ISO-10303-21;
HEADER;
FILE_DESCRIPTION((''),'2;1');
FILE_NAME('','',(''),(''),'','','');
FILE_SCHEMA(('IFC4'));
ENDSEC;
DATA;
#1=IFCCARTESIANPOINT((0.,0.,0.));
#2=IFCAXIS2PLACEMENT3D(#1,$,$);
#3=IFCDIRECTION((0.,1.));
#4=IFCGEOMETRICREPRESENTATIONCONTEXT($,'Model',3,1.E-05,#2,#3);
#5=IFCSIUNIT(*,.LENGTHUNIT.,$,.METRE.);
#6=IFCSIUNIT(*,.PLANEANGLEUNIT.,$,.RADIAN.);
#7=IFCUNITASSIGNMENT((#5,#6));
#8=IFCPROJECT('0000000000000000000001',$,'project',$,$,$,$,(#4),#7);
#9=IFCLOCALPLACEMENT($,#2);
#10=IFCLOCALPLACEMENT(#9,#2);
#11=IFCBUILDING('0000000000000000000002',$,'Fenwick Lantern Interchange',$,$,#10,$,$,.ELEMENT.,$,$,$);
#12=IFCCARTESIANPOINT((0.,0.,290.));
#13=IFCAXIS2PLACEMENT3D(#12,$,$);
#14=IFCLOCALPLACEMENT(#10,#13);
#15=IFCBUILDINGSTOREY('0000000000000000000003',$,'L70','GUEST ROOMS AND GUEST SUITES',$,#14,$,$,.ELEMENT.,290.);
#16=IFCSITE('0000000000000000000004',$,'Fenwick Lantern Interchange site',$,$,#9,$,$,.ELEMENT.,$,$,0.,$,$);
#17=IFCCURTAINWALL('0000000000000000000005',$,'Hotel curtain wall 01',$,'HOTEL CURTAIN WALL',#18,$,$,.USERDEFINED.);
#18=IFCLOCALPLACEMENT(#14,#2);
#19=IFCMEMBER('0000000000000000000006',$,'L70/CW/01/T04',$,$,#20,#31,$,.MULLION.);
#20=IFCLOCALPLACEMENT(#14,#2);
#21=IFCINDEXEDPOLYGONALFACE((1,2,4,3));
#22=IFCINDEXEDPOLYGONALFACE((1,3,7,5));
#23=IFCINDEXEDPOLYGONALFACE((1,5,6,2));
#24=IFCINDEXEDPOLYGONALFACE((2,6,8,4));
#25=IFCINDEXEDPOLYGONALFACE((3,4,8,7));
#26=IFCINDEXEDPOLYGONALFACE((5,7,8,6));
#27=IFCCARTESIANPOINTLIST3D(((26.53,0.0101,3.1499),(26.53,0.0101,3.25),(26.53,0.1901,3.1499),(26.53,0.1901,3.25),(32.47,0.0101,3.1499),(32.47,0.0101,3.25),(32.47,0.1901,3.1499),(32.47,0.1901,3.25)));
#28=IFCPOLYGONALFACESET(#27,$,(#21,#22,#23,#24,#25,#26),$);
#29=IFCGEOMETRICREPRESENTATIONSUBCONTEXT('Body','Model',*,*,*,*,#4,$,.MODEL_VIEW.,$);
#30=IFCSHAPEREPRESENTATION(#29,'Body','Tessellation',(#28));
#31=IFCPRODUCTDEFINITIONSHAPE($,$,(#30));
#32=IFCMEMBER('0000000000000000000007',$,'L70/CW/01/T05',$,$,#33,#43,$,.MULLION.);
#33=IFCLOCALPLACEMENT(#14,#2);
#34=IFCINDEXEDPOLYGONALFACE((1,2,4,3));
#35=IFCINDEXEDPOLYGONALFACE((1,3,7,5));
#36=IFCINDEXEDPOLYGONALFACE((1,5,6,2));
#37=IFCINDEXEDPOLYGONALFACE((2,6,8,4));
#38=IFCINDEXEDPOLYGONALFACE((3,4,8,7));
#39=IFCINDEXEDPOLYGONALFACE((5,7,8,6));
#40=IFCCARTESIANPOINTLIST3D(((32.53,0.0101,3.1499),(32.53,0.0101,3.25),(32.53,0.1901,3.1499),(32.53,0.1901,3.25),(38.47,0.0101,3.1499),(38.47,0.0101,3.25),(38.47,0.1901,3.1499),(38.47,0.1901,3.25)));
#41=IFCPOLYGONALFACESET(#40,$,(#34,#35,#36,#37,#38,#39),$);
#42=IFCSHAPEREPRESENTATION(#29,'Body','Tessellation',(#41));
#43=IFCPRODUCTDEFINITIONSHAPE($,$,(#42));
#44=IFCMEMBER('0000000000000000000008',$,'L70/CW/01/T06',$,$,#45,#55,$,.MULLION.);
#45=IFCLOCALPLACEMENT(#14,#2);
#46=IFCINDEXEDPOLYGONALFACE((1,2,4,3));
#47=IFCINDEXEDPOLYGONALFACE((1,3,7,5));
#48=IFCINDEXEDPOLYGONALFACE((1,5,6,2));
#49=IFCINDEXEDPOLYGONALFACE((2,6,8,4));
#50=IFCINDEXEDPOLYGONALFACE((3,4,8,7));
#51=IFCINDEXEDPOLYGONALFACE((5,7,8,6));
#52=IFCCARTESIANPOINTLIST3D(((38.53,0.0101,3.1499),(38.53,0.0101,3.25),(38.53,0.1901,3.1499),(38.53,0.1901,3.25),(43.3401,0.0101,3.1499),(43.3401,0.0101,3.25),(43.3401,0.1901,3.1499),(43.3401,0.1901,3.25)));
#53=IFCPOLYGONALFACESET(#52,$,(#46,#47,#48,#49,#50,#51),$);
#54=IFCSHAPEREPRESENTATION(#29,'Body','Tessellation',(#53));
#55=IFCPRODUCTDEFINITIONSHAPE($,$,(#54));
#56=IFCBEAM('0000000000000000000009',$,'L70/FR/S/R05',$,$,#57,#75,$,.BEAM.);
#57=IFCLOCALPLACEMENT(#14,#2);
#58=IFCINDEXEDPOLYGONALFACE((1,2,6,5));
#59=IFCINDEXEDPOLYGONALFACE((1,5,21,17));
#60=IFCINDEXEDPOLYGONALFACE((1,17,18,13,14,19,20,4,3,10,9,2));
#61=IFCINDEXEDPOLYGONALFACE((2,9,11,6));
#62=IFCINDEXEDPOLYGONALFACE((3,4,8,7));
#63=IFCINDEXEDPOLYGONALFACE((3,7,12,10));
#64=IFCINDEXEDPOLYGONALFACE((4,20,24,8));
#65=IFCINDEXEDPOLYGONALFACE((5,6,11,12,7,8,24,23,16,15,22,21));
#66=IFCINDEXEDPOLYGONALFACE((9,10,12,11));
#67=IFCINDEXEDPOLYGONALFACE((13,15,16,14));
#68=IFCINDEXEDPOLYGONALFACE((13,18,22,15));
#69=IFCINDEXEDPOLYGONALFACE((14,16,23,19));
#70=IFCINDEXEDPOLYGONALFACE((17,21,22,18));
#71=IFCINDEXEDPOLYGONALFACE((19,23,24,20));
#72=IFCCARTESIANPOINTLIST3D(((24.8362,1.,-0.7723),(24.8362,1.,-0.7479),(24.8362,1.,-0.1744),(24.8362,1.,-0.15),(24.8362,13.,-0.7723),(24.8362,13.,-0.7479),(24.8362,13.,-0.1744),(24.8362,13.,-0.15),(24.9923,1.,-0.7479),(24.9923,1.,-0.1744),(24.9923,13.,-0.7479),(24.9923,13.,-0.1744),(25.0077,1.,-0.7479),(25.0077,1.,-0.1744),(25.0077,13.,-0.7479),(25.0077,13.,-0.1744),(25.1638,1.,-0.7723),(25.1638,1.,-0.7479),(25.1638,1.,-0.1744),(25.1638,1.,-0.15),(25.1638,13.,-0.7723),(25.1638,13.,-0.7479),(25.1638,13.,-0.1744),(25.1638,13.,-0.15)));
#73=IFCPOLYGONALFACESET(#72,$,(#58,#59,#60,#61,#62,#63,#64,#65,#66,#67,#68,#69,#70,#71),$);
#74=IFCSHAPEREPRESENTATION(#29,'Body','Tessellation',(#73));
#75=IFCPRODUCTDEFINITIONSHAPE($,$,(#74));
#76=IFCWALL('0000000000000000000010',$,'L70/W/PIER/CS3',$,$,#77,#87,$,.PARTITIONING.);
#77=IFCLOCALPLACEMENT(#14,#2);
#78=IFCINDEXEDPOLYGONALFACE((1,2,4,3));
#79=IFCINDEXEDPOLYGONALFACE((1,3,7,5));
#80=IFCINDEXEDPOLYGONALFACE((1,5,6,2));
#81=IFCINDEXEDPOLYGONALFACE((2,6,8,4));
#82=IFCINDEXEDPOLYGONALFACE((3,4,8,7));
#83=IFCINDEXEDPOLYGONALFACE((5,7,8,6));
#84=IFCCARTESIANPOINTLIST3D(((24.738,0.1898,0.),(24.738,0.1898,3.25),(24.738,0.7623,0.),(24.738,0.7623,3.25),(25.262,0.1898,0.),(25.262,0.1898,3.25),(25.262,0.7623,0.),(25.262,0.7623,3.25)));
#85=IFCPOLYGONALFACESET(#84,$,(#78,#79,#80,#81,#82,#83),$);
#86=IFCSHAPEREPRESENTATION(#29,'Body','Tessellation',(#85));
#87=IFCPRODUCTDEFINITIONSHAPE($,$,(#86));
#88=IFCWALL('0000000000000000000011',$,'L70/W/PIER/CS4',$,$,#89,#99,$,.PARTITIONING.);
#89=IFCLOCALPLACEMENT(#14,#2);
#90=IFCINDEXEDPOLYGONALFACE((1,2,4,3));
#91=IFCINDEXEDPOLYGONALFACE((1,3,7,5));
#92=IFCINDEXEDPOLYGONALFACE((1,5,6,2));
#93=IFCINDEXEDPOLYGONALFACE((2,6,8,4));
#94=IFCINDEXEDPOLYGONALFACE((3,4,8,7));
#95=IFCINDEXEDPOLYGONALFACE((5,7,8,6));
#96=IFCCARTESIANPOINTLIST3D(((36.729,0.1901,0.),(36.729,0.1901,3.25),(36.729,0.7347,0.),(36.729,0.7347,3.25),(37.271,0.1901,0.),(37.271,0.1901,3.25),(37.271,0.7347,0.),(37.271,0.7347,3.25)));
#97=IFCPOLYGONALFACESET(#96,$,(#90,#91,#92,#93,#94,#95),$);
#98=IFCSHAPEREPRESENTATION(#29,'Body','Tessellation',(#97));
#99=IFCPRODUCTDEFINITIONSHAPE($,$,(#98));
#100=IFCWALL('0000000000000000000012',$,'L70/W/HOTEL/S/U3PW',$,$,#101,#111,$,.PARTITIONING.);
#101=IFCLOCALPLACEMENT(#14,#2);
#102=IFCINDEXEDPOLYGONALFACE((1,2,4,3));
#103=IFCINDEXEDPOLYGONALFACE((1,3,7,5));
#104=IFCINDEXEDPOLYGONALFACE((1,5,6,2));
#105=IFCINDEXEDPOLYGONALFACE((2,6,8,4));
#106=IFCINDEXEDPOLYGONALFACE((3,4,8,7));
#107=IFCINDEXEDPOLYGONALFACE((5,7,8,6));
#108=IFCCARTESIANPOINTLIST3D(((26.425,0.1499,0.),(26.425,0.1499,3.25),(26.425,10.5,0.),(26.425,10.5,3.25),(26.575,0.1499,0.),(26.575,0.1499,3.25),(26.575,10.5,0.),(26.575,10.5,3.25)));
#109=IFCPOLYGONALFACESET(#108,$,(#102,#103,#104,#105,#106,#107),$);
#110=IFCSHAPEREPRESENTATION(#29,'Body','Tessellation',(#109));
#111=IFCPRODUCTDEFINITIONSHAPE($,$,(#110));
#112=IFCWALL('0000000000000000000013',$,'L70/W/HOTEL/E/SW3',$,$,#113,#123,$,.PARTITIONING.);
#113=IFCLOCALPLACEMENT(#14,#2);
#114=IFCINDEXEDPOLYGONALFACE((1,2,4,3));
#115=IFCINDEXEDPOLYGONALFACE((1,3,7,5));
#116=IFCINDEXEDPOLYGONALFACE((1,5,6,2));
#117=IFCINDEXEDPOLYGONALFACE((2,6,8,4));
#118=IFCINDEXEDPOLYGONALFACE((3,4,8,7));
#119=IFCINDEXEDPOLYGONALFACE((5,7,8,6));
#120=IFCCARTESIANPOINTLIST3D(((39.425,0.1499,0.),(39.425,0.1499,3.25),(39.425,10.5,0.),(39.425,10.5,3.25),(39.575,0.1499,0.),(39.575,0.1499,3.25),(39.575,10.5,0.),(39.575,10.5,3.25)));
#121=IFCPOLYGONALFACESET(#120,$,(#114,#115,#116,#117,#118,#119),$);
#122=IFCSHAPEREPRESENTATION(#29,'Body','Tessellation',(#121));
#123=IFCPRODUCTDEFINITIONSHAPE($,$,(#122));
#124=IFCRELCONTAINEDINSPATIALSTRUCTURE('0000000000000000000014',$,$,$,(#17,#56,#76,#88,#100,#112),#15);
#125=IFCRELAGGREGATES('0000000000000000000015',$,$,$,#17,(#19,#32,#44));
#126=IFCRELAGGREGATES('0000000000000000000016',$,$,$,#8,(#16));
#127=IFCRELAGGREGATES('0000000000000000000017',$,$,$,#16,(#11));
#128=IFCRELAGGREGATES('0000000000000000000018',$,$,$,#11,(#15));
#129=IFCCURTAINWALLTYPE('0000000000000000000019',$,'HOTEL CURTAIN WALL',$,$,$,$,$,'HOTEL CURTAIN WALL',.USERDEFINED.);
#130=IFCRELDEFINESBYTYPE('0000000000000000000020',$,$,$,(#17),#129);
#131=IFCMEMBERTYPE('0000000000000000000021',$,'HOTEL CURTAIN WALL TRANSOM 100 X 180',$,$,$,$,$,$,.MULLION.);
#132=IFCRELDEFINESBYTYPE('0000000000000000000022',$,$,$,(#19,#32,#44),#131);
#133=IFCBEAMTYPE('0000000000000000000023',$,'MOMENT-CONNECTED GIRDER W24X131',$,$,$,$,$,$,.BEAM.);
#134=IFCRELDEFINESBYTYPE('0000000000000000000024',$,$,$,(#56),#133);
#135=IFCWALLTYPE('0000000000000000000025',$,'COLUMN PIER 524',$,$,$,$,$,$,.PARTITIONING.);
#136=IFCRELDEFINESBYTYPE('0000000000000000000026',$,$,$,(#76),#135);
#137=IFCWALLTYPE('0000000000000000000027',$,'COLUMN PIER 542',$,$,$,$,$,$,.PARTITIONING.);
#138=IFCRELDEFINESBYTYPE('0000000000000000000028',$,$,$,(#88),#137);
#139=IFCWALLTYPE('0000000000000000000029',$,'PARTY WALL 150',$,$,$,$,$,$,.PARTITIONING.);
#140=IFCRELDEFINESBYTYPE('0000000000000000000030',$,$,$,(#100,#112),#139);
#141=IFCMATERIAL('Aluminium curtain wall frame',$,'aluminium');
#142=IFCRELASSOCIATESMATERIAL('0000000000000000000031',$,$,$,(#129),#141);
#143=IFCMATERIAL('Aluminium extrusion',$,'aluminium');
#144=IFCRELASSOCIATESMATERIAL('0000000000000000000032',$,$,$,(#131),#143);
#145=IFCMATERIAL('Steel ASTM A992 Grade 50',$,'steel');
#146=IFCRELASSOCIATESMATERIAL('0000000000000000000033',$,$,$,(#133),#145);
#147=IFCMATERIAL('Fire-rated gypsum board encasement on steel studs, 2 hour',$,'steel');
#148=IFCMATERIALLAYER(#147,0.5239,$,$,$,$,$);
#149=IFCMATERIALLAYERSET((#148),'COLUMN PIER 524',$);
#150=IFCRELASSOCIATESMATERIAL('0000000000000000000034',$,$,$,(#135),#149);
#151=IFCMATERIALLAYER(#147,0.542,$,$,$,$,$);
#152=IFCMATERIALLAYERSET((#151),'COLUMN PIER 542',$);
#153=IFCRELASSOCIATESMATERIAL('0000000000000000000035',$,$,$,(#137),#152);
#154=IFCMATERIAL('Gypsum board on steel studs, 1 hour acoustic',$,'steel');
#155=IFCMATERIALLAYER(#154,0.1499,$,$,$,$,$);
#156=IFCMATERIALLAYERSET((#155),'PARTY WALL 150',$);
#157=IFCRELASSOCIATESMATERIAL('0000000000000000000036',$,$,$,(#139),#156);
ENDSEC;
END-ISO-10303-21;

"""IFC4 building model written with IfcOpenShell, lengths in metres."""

from ifc_helpers import new_model, si_unit, direction, frame, frame_2d, origin, origin_2d, place, context, subcontext, project, spatial, rectangle, i_section, extrude, material, layer, layer_set, material_profile, profile_set, type_object, element, aggregate, save


model = new_model("IFC4")

# Units and contexts
model_context = context("Model", 3, precision=1e-05, world=origin(), true_north=direction((0.0, 1.0)))
body_context = subcontext(model_context, "Body", "Model", "MODEL_VIEW")
ifc_project = project(units=[si_unit("LENGTHUNIT", "METRE"), si_unit("PLANEANGLEUNIT", "RADIAN")], contexts=[model_context])

# Site, building, storey
site_placement = place(None, origin())
site = spatial("IfcSite", under=ifc_project, at=site_placement, Name="Fenwick Lantern Interchange site", CompositionType="ELEMENT", RefElevation=0.0)
building_placement = place(site_placement, origin())
building = spatial("IfcBuilding", under=site, at=building_placement, Name="Fenwick Lantern Interchange", CompositionType="ELEMENT")
storey_placement = place(building_placement, frame((0.0, 0.0, 290.0)))
storey = spatial("IfcBuildingStorey", under=building, at=storey_placement, Name="L70", Description="GUEST ROOMS AND GUEST SUITES", CompositionType="ELEMENT", Elevation=290.0)

# Shared definitions
ifc_material_1 = material(Name="Steel ASTM A992 Grade 50", Category="steel")

# Curtain wall, members
ifc_material_2 = material(Name="Aluminium curtain wall frame", Category="aluminium")
curtain_wall_type = type_object("IfcCurtainWallType", Name="HOTEL CURTAIN WALL", ElementType="HOTEL CURTAIN WALL", PredefinedType="USERDEFINED", material=ifc_material_2)
curtain_wall_placement = place(storey_placement, origin())
curtain_wall = element("IfcCurtainWall", 1, at=curtain_wall_placement, inside=storey, type_object=curtain_wall_type, Name="Hotel curtain wall 01", ObjectType="HOTEL CURTAIN WALL", PredefinedType="USERDEFINED")
ifc_material_3 = material(Name="Aluminium extrusion", Category="aluminium")
ifc_material_profile_1 = material_profile(ifc_material_3, rectangle(XDim=0.1799, YDim=0.1001, at=origin_2d()), Name="HOTEL CURTAIN WALL TRANSOM 100 X 180")
ifc_profile_set_1 = profile_set([ifc_material_profile_1], Name="Aluminium extrusion")
member_type_1 = type_object("IfcMemberType", Name="HOTEL CURTAIN WALL TRANSOM 100 X 180", PredefinedType="MULLION", material=ifc_profile_set_1)
member_1_placement = place(storey_placement, frame((26.53, 0.1001, 3.2), z_axis=(1.0, 0.0, 0.0), x_axis=(0.0, 1.0, 0.0)))
member_1 = element("IfcMember", 2, at=member_1_placement, type_object=member_type_1, Name="L70/CW/01/T04", PredefinedType="MULLION", context=body_context, shape_type="SweptSolid", body=[
    extrude(rectangle(XDim=0.1799, YDim=0.1001, at=origin_2d()), origin(), (0.0, 0.0, 1.0), 5.9399),
])
member_2_placement = place(storey_placement, frame((32.53, 0.1001, 3.2), z_axis=(1.0, 0.0, 0.0), x_axis=(0.0, 1.0, 0.0)))
member_2 = element("IfcMember", 3, at=member_2_placement, type_object=member_type_1, Name="L70/CW/01/T05", PredefinedType="MULLION", context=body_context, shape_type="SweptSolid", body=[
    extrude(rectangle(XDim=0.1799, YDim=0.1001, at=origin_2d()), origin(), (0.0, 0.0, 1.0), 5.9399),
])
member_3_placement = place(storey_placement, frame((38.53, 0.1001, 3.2), z_axis=(1.0, 0.0, 0.0), x_axis=(0.0, 1.0, 0.0)))
member_3 = element("IfcMember", 4, at=member_3_placement, type_object=member_type_1, Name="L70/CW/01/T06", PredefinedType="MULLION", context=body_context, shape_type="SweptSolid", body=[
    extrude(rectangle(XDim=0.1799, YDim=0.1001, at=origin_2d()), origin(), (0.0, 0.0, 1.0), 4.8101),
])
aggregate(curtain_wall, [member_1, member_2, member_3])

# Beam
ifc_material_profile_2 = material_profile(ifc_material_1, i_section(OverallWidth=0.3276, OverallDepth=0.6223, WebThickness=0.0154, FlangeThickness=0.0244, at=origin_2d()), Name="W24X131")
ifc_profile_set_2 = profile_set([ifc_material_profile_2], Name="Steel ASTM A992 Grade 50")
beam_type_1 = type_object("IfcBeamType", Name="MOMENT-CONNECTED GIRDER W24X131", PredefinedType="BEAM", material=ifc_profile_set_2)
beam_1_placement = place(storey_placement, frame((25.0, 1.0, -0.4612), z_axis=(0.0, 1.0, 0.0), x_axis=(-1.0, 0.0, 0.0)))
element("IfcBeam", 5, at=beam_1_placement, inside=storey, type_object=beam_type_1, Name="L70/FR/S/R05", PredefinedType="BEAM", context=body_context, shape_type="SweptSolid", body=[
    extrude(i_section(OverallWidth=0.3276, OverallDepth=0.6223, WebThickness=0.0154, FlangeThickness=0.0244, at=origin_2d()), origin(), (0.0, 0.0, 1.0), 12.0),
])

# Walls
ifc_material_4 = material(Name="Fire-rated gypsum board encasement on steel studs, 2 hour", Category="steel")
ifc_layer_1 = layer(ifc_material_4, 0.5239)
ifc_layer_set_1 = layer_set([ifc_layer_1], Name="COLUMN PIER 524")
wall_type_1 = type_object("IfcWallType", Name="COLUMN PIER 524", PredefinedType="PARTITIONING", material=ifc_layer_set_1)
wall_1_placement = place(storey_placement, frame((25.0, 0.1899, 0.0), z_axis=(0.0, 0.0, 1.0), x_axis=(0.0, 1.0, 0.0)))
element("IfcWall", 6, at=wall_1_placement, inside=storey, type_object=wall_type_1, Name="L70/W/PIER/CS3", PredefinedType="PARTITIONING", context=body_context, shape_type="SweptSolid", body=[
    extrude(rectangle(XDim=0.5725, YDim=0.5239, at=frame_2d((0.2861, 0.0))), origin(), (0.0, 0.0, 1.0), 3.25),
])
ifc_layer_2 = layer(ifc_material_4, 0.542)
ifc_layer_set_2 = layer_set([ifc_layer_2], Name="COLUMN PIER 542")
wall_type_2 = type_object("IfcWallType", Name="COLUMN PIER 542", PredefinedType="PARTITIONING", material=ifc_layer_set_2)
wall_2_placement = place(storey_placement, frame((37.0, 0.1899, 0.0), z_axis=(0.0, 0.0, 1.0), x_axis=(0.0, 1.0, 0.0)))
element("IfcWall", 7, at=wall_2_placement, inside=storey, type_object=wall_type_2, Name="L70/W/PIER/CS4", PredefinedType="PARTITIONING", context=body_context, shape_type="SweptSolid", body=[
    extrude(rectangle(XDim=0.5447, YDim=0.542, at=frame_2d((0.2725, 0.0))), origin(), (0.0, 0.0, 1.0), 3.25),
])
ifc_material_5 = material(Name="Gypsum board on steel studs, 1 hour acoustic", Category="steel")
ifc_layer_3 = layer(ifc_material_5, 0.1499)
ifc_layer_set_3 = layer_set([ifc_layer_3], Name="PARTY WALL 150")
wall_type_3 = type_object("IfcWallType", Name="PARTY WALL 150", PredefinedType="PARTITIONING", material=ifc_layer_set_3)
for number, where, z_axis, x_axis, name in (
    (8, (26.5, 0.1499, 0.0), (0.0, 0.0, 1.0), (0.0, 1.0, 0.0), "L70/W/HOTEL/S/U3PW"),
    (9, (39.5, 0.1499, 0.0), (0.0, 0.0, 1.0), (0.0, 1.0, 0.0), "L70/W/HOTEL/E/SW3"),
):
    element("IfcWall", number, at=place(storey_placement, frame(where, z_axis=z_axis, x_axis=x_axis)), inside=storey, type_object=wall_type_3, Name=name, PredefinedType="PARTITIONING", context=body_context, shape_type="SweptSolid", body=[
        extrude(rectangle(XDim=10.3501, YDim=0.1499, at=frame_2d((5.175, 0.0))), origin(), (0.0, 0.0, 1.0), 3.25),
    ])

save(model, "model.ifc")
